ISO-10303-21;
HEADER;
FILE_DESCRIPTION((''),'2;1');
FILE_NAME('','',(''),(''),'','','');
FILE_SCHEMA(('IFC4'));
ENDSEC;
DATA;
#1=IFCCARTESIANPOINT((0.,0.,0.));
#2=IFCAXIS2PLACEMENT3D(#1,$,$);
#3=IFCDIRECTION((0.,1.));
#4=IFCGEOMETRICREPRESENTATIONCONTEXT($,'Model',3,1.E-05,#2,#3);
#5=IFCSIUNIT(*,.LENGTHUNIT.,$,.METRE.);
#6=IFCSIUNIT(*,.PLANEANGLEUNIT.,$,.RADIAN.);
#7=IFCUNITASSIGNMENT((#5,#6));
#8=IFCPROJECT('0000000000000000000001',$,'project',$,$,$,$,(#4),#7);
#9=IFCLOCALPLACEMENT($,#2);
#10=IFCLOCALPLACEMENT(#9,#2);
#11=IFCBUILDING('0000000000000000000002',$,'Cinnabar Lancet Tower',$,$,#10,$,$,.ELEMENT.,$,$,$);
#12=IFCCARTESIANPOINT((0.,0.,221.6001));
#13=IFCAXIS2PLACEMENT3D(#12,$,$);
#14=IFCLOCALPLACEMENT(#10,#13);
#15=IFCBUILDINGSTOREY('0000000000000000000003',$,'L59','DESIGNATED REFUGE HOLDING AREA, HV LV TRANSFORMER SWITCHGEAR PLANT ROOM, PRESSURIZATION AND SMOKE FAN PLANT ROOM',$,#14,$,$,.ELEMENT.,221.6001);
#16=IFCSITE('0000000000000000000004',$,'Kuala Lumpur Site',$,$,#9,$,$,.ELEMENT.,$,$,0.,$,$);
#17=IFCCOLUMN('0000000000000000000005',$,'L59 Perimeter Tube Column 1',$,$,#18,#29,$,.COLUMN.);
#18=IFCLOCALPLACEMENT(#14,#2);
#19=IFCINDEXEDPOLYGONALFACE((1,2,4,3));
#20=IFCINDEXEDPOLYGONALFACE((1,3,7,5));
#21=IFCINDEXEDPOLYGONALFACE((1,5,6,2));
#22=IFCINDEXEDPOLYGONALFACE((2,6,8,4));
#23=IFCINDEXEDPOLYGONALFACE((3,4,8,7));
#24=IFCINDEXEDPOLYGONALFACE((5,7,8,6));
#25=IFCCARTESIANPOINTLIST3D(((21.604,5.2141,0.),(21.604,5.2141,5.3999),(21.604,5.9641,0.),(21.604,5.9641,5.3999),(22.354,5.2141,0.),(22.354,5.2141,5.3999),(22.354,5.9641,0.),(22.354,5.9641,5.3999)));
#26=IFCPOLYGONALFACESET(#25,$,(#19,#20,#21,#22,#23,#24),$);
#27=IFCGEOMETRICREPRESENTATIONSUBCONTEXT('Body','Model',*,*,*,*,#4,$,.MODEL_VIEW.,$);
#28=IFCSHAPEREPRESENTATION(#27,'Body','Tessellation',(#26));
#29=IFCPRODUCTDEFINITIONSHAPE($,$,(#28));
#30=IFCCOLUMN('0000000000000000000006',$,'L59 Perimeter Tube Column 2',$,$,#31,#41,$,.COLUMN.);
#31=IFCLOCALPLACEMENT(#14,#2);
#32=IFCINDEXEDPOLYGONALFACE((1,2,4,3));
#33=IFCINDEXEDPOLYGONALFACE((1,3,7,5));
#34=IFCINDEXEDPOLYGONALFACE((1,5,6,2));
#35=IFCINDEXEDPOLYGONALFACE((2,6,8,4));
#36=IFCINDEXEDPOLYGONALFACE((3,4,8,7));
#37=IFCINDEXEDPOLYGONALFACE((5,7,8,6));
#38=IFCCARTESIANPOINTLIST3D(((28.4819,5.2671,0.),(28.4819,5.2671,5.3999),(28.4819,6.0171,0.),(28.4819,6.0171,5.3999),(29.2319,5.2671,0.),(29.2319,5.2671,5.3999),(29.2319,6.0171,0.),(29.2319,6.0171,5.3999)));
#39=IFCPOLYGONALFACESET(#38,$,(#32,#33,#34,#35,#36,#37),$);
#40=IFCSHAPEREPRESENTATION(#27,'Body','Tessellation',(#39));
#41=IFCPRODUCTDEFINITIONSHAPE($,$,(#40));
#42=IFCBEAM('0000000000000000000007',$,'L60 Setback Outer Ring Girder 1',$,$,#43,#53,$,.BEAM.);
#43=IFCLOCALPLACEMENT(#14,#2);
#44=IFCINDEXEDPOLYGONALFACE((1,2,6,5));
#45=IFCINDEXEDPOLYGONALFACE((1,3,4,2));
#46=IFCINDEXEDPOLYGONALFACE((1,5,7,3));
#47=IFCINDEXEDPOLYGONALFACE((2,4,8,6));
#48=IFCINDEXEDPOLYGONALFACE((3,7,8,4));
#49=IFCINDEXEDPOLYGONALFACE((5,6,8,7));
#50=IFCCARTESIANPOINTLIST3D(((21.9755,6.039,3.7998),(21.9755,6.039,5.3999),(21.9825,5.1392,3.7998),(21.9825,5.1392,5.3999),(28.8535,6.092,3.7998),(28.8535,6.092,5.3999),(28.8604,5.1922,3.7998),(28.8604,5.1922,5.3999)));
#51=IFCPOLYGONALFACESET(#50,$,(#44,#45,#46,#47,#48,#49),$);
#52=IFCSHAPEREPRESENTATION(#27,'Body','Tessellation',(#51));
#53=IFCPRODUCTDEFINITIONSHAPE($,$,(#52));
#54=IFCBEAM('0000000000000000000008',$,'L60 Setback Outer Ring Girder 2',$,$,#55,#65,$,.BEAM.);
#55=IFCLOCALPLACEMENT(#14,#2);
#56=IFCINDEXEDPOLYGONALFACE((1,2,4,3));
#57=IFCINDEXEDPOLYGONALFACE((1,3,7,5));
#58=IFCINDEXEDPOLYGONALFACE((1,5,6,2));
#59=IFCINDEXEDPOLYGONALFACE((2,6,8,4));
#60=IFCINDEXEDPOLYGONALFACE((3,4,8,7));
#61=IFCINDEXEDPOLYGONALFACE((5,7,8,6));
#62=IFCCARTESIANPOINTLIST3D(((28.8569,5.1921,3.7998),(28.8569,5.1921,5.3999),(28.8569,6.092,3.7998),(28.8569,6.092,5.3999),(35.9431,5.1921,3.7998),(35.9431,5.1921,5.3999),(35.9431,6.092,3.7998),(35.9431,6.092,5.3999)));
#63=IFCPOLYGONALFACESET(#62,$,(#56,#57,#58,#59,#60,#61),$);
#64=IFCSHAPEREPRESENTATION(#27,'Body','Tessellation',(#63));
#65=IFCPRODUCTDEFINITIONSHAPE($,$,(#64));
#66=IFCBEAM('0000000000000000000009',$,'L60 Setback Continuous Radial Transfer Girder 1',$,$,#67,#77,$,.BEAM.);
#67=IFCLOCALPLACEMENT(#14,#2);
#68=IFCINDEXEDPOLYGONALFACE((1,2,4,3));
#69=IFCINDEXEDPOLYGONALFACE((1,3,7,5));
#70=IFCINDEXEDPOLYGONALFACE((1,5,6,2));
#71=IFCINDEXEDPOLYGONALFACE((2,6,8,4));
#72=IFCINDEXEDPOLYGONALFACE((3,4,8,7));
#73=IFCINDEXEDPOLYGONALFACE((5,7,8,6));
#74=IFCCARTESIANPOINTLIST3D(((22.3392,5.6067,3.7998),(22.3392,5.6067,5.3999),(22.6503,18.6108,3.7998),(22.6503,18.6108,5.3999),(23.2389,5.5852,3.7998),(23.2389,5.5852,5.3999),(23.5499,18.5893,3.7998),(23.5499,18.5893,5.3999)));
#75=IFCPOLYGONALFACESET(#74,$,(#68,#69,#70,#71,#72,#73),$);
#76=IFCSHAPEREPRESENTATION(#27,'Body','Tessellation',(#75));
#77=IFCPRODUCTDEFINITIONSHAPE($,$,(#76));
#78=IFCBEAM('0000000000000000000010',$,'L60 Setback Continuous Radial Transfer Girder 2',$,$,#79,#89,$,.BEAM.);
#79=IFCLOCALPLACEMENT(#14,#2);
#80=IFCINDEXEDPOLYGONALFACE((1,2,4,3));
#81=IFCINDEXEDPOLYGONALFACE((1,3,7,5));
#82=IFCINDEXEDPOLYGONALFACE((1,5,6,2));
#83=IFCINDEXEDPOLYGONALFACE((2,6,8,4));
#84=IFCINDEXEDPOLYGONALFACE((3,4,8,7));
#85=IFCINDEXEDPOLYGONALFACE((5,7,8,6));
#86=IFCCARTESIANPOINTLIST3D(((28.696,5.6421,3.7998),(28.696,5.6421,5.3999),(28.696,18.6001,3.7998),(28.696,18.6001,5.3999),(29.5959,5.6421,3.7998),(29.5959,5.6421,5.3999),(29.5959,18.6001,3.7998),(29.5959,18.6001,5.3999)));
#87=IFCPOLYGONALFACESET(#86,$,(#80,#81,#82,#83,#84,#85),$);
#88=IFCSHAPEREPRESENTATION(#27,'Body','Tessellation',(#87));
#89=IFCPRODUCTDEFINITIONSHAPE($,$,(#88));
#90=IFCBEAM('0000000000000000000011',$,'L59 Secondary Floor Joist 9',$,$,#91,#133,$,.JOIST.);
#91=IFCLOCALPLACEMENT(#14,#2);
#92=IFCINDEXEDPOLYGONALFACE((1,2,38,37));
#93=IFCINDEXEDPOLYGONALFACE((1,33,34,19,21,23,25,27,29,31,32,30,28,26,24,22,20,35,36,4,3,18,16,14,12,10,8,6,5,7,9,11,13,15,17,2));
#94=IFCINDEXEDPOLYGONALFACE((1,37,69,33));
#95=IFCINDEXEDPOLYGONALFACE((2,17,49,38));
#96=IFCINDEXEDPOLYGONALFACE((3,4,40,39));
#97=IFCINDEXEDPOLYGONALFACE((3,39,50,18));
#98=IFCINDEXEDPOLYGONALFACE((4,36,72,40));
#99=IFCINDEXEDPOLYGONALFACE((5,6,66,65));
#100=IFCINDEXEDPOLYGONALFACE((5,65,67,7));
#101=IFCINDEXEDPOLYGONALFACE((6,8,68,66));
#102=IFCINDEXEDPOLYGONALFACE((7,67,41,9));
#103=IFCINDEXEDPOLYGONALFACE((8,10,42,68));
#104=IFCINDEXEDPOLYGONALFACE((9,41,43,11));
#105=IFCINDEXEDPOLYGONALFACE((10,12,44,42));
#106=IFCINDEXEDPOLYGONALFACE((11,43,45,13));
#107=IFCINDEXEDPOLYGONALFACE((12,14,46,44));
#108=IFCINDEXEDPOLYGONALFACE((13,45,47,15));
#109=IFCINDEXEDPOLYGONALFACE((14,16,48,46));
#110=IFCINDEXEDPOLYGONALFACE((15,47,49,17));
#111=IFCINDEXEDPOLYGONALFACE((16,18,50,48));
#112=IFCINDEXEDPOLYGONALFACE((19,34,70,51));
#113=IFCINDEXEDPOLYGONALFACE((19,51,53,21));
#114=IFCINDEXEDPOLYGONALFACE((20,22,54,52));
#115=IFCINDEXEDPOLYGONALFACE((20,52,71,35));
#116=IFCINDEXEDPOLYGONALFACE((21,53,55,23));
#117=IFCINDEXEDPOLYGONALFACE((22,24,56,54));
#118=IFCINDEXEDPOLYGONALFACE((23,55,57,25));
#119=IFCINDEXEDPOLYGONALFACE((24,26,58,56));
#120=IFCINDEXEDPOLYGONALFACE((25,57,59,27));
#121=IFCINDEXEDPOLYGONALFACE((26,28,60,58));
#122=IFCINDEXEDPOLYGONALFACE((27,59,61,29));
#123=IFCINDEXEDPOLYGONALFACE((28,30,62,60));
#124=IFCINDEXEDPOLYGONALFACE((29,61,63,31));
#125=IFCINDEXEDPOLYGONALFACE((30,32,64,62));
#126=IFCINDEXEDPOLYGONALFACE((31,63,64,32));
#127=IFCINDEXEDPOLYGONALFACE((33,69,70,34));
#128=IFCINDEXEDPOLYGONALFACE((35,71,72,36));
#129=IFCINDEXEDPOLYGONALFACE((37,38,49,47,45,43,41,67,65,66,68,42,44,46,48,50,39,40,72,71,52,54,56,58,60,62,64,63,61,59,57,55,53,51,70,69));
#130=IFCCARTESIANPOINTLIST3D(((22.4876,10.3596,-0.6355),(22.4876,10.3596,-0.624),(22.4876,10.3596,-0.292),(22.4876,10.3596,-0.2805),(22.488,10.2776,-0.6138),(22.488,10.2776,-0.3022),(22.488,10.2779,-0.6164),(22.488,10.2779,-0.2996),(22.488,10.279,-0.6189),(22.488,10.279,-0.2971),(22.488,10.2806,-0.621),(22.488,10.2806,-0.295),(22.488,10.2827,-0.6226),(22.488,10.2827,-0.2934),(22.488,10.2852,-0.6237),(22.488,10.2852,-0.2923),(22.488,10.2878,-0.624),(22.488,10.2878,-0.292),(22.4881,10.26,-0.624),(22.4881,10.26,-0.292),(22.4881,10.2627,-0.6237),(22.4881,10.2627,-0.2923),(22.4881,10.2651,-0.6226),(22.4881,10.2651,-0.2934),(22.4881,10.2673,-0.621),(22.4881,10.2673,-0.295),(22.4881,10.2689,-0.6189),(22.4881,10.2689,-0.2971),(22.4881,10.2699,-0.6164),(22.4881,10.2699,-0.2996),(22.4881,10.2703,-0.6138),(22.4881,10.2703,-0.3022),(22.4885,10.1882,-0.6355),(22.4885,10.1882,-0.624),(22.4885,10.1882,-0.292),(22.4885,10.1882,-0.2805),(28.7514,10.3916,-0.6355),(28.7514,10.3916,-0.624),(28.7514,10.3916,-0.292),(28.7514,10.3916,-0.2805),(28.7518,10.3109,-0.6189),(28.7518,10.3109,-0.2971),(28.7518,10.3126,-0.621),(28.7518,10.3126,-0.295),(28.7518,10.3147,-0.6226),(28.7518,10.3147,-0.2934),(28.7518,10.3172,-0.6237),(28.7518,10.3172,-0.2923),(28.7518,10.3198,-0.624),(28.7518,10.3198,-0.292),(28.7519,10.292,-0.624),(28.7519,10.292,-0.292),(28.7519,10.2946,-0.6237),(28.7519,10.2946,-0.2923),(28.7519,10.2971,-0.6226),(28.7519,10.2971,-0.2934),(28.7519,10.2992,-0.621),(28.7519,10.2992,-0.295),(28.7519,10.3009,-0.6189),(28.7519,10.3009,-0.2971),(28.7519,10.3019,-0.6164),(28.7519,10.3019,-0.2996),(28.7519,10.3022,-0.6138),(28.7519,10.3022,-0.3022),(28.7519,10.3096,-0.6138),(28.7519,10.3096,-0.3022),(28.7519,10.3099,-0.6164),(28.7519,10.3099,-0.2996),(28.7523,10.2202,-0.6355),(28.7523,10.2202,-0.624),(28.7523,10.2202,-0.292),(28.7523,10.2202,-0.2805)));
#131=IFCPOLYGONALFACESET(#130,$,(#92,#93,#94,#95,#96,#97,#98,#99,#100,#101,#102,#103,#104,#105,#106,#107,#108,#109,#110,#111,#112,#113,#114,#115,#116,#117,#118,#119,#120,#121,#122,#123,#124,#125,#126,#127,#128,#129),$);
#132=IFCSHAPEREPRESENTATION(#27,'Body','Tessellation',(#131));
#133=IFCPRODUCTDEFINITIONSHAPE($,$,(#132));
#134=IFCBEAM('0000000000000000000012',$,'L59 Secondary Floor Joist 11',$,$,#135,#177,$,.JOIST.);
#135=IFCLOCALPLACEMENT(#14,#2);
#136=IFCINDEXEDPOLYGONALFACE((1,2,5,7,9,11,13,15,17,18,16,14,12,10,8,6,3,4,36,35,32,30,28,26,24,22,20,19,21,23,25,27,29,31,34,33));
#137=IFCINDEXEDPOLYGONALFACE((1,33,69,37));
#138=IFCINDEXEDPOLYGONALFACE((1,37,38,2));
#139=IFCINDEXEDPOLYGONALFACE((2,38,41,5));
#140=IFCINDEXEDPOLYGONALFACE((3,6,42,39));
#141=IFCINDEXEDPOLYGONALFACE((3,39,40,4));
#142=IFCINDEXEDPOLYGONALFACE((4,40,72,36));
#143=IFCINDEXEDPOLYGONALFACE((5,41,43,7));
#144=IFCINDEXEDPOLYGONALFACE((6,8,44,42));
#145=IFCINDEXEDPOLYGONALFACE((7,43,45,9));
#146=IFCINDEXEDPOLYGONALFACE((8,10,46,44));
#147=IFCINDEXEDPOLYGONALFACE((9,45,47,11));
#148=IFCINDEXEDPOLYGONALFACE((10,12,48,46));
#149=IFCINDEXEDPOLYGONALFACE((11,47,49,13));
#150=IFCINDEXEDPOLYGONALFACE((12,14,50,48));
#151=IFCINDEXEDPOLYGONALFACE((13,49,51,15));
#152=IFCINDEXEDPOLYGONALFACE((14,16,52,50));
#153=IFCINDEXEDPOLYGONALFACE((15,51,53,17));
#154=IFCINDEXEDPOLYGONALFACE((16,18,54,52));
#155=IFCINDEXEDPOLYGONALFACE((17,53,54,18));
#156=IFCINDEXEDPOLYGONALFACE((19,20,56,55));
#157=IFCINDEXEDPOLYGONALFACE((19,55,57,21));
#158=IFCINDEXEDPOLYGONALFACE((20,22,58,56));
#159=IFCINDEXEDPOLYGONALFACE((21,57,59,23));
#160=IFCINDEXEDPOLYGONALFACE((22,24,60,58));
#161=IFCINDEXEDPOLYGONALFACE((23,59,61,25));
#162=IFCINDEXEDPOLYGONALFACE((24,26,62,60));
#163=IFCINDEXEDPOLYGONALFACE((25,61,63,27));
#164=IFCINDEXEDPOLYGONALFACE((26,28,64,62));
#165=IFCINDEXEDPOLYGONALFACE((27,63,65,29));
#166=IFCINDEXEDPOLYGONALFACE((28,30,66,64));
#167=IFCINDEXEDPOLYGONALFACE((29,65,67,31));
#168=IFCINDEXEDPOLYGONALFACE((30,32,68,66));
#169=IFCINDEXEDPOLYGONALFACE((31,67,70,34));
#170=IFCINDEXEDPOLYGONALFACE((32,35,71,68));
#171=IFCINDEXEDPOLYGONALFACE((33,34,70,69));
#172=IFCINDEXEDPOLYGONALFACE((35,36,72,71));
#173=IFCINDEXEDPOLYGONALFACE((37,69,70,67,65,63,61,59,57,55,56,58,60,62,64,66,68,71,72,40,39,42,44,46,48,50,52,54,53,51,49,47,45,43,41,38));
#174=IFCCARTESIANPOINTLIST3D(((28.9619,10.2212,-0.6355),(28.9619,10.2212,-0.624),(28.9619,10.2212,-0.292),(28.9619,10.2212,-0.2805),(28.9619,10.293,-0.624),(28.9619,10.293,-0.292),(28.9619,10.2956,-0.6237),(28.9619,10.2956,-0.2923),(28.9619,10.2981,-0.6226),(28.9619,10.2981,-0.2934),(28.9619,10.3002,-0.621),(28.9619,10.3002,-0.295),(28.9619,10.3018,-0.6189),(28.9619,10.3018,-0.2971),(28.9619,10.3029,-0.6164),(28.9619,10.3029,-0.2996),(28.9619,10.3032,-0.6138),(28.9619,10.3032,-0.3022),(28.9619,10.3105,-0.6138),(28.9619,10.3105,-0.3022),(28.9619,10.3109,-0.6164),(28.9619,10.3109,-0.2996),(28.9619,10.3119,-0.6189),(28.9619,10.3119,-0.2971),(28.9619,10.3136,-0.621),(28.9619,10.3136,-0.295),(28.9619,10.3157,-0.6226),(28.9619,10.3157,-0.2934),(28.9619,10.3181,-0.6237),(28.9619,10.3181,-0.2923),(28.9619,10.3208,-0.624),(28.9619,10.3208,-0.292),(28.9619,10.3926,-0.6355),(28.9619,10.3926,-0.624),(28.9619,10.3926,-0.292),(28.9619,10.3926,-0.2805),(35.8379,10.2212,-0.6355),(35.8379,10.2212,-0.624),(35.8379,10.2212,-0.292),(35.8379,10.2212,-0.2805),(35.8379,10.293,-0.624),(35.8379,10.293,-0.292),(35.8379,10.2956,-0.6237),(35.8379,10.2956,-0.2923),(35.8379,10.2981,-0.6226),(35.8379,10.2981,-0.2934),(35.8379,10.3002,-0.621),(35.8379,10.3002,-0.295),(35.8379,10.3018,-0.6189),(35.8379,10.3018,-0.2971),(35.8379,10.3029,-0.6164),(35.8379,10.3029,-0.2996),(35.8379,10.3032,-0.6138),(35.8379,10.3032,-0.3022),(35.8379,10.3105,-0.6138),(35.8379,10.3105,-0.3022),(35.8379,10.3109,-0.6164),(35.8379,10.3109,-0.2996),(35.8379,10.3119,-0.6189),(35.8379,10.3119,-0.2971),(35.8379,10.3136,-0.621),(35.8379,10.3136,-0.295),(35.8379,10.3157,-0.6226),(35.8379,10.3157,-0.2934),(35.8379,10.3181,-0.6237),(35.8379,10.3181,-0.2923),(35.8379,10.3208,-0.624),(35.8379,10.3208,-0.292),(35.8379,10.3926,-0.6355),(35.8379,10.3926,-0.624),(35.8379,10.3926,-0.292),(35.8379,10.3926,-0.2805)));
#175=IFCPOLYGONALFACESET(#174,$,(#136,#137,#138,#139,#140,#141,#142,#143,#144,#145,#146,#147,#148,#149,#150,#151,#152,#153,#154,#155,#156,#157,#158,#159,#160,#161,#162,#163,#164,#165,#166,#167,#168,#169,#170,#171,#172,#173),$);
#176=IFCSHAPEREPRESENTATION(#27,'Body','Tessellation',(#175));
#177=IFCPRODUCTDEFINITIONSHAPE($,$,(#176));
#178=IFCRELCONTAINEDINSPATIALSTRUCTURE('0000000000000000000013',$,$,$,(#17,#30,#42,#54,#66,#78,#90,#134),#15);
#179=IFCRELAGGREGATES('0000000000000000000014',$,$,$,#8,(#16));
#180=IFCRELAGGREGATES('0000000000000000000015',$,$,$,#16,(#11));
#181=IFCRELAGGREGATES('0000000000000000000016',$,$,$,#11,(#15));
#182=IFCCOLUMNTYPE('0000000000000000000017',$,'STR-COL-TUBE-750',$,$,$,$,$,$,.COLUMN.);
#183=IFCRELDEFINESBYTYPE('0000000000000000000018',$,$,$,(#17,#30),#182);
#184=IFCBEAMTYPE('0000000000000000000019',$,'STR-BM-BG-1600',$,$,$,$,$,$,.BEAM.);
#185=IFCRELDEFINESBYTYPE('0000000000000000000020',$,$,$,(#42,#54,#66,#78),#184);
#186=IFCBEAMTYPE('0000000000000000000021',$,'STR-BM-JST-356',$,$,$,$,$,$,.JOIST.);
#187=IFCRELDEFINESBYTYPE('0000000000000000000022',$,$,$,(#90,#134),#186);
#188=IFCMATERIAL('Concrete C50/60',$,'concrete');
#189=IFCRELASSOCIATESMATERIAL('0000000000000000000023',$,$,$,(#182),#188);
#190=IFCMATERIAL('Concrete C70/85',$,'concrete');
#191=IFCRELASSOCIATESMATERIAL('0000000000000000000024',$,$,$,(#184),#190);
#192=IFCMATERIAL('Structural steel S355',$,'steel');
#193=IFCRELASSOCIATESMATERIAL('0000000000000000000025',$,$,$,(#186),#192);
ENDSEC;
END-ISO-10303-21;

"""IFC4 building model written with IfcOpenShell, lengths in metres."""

from ifc_helpers import new_model, si_unit, direction, frame, origin, origin_2d, place, context, subcontext, project, spatial, rectangle, i_section, extrude, material, material_profile, profile_set, type_object, element, save


model = new_model("IFC4")

# Units and contexts
model_context = context("Model", 3, precision=1e-05, world=origin(), true_north=direction((0.0, 1.0)))
body_context = subcontext(model_context, "Body", "Model", "MODEL_VIEW")
ifc_project = project(units=[si_unit("LENGTHUNIT", "METRE"), si_unit("PLANEANGLEUNIT", "RADIAN")], contexts=[model_context])

# Site, building, storey
site_placement = place(None, origin())
site = spatial("IfcSite", under=ifc_project, at=site_placement, Name="Kuala Lumpur Site", CompositionType="ELEMENT", RefElevation=0.0)
building_placement = place(site_placement, origin())
building = spatial("IfcBuilding", under=site, at=building_placement, Name="Cinnabar Lancet Tower", CompositionType="ELEMENT")
storey_placement = place(building_placement, frame((0.0, 0.0, 221.6001)))
storey = spatial("IfcBuildingStorey", under=building, at=storey_placement, Name="L59", Description="DESIGNATED REFUGE HOLDING AREA, HV LV TRANSFORMER SWITCHGEAR PLANT ROOM, PRESSURIZATION AND SMOKE FAN PLANT ROOM", CompositionType="ELEMENT", Elevation=221.6001)

# Columns
ifc_material_1 = material(Name="Concrete C50/60", Category="concrete")
ifc_material_profile_1 = material_profile(ifc_material_1, rectangle(XDim=0.75, YDim=0.75, at=origin_2d()), Name="RC-COL 750x750")
ifc_profile_set_1 = profile_set([ifc_material_profile_1], Name="Concrete C50/60")
column_type = type_object("IfcColumnType", Name="STR-COL-TUBE-750", PredefinedType="COLUMN", material=ifc_profile_set_1)
for number, where, z_axis, x_axis, name in (
    (1, (21.979, 5.5891, 0.0), (0.0, 0.0, 1.0), (1.0, 0.0, 0.0), "L59 Perimeter Tube Column 1"),
    (2, (28.8569, 5.6421, 0.0), (0.0, 0.0, 1.0), (1.0, 0.0, 0.0), "L59 Perimeter Tube Column 2"),
):
    element("IfcColumn", number, at=place(storey_placement, frame(where, z_axis=z_axis, x_axis=x_axis)), inside=storey, type_object=column_type, Name=name, PredefinedType="COLUMN", context=body_context, shape_type="SweptSolid", body=[
        extrude(rectangle(XDim=0.75, YDim=0.75, at=origin_2d()), origin(), (0.0, 0.0, 1.0), 5.3999),
    ])

# Beams
ifc_material_2 = material(Name="Concrete C70/85", Category="concrete")
ifc_material_profile_2 = material_profile(ifc_material_2, rectangle(XDim=0.8999, YDim=1.6001, at=origin_2d()), Name="RC-BG 900x1600")
ifc_profile_set_2 = profile_set([ifc_material_profile_2], Name="Concrete C70/85")
beam_type_1 = type_object("IfcBeamType", Name="STR-BM-BG-1600", PredefinedType="BEAM", material=ifc_profile_set_2)
beam_1_placement = place(storey_placement, frame((21.979, 5.5891, 4.5999), z_axis=(0.99997, 0.007702, 0.0), x_axis=(-0.007702, 0.99997, 0.0)))
element("IfcBeam", 3, at=beam_1_placement, inside=storey, type_object=beam_type_1, Name="L60 Setback Outer Ring Girder 1", PredefinedType="BEAM", context=body_context, shape_type="SweptSolid", body=[
    extrude(rectangle(XDim=0.8999, YDim=1.6001, at=origin_2d()), origin(), (0.0, 0.0, 1.0), 6.8782),
])
beam_2_placement = place(storey_placement, frame((28.8569, 5.6421, 4.5999), z_axis=(1.0, 0.0, 0.0), x_axis=(0.0, 1.0, 0.0)))
element("IfcBeam", 4, at=beam_2_placement, inside=storey, type_object=beam_type_1, Name="L60 Setback Outer Ring Girder 2", PredefinedType="BEAM", context=body_context, shape_type="SweptSolid", body=[
    extrude(rectangle(XDim=0.8999, YDim=1.6001, at=origin_2d()), origin(), (0.0, 0.0, 1.0), 7.0862),
])
beam_3_placement = place(storey_placement, frame((22.7891, 5.5959, 4.5999), z_axis=(0.023911, 0.999714, 0.0), x_axis=(-0.999714, 0.023911, 0.0)))
element("IfcBeam", 5, at=beam_3_placement, inside=storey, type_object=beam_type_1, Name="L60 Setback Continuous Radial Transfer Girder 1", PredefinedType="BEAM", context=body_context, shape_type="SweptSolid", body=[
    extrude(rectangle(XDim=0.8999, YDim=1.6001, at=origin_2d()), origin(), (0.0, 0.0, 1.0), 13.0078),
])
beam_4_placement = place(storey_placement, frame((29.146, 5.6421, 4.5999), z_axis=(0.0, 1.0, 0.0), x_axis=(-1.0, 0.0, 0.0)))
element("IfcBeam", 6, at=beam_4_placement, inside=storey, type_object=beam_type_1, Name="L60 Setback Continuous Radial Transfer Girder 2", PredefinedType="BEAM", context=body_context, shape_type="SweptSolid", body=[
    extrude(rectangle(XDim=0.8999, YDim=1.6001, at=origin_2d()), origin(), (0.0, 0.0, 1.0), 12.958),
])
ifc_material_3 = material(Name="Structural steel S355", Category="steel")
ifc_material_profile_3 = material_profile(ifc_material_3, i_section(OverallWidth=0.1714, OverallDepth=0.355, WebThickness=0.0073, FlangeThickness=0.0115, FilletRadius=0.0103, at=origin_2d()), Name="UKB 356x171x51")
ifc_profile_set_3 = profile_set([ifc_material_profile_3], Name="Structural steel S355")
beam_type_2 = type_object("IfcBeamType", Name="STR-BM-JST-356", PredefinedType="JOIST", material=ifc_profile_set_3)
beam_5_placement = place(storey_placement, frame((22.488, 10.2739, -0.458), z_axis=(0.999987, 0.005106, 0.0), x_axis=(-0.005106, 0.999987, 0.0)))
element("IfcBeam", 7, at=beam_5_placement, inside=storey, type_object=beam_type_2, Name="L59 Secondary Floor Joist 9", PredefinedType="JOIST", context=body_context, shape_type="SweptSolid", body=[
    extrude(i_section(OverallWidth=0.1714, OverallDepth=0.355, WebThickness=0.0073, FlangeThickness=0.0115, FilletRadius=0.0103, at=origin_2d()), origin(), (0.0, 0.0, 1.0), 6.2639),
])
beam_6_placement = place(storey_placement, frame((28.9619, 10.3069, -0.458), z_axis=(1.0, 0.0, 0.0), x_axis=(0.0, 1.0, 0.0)))
element("IfcBeam", 8, at=beam_6_placement, inside=storey, type_object=beam_type_2, Name="L59 Secondary Floor Joist 11", PredefinedType="JOIST", context=body_context, shape_type="SweptSolid", body=[
    extrude(i_section(OverallWidth=0.1714, OverallDepth=0.355, WebThickness=0.0073, FlangeThickness=0.0115, FilletRadius=0.0103, at=origin_2d()), origin(), (0.0, 0.0, 1.0), 6.876),
])

save(model, "model.ifc")
